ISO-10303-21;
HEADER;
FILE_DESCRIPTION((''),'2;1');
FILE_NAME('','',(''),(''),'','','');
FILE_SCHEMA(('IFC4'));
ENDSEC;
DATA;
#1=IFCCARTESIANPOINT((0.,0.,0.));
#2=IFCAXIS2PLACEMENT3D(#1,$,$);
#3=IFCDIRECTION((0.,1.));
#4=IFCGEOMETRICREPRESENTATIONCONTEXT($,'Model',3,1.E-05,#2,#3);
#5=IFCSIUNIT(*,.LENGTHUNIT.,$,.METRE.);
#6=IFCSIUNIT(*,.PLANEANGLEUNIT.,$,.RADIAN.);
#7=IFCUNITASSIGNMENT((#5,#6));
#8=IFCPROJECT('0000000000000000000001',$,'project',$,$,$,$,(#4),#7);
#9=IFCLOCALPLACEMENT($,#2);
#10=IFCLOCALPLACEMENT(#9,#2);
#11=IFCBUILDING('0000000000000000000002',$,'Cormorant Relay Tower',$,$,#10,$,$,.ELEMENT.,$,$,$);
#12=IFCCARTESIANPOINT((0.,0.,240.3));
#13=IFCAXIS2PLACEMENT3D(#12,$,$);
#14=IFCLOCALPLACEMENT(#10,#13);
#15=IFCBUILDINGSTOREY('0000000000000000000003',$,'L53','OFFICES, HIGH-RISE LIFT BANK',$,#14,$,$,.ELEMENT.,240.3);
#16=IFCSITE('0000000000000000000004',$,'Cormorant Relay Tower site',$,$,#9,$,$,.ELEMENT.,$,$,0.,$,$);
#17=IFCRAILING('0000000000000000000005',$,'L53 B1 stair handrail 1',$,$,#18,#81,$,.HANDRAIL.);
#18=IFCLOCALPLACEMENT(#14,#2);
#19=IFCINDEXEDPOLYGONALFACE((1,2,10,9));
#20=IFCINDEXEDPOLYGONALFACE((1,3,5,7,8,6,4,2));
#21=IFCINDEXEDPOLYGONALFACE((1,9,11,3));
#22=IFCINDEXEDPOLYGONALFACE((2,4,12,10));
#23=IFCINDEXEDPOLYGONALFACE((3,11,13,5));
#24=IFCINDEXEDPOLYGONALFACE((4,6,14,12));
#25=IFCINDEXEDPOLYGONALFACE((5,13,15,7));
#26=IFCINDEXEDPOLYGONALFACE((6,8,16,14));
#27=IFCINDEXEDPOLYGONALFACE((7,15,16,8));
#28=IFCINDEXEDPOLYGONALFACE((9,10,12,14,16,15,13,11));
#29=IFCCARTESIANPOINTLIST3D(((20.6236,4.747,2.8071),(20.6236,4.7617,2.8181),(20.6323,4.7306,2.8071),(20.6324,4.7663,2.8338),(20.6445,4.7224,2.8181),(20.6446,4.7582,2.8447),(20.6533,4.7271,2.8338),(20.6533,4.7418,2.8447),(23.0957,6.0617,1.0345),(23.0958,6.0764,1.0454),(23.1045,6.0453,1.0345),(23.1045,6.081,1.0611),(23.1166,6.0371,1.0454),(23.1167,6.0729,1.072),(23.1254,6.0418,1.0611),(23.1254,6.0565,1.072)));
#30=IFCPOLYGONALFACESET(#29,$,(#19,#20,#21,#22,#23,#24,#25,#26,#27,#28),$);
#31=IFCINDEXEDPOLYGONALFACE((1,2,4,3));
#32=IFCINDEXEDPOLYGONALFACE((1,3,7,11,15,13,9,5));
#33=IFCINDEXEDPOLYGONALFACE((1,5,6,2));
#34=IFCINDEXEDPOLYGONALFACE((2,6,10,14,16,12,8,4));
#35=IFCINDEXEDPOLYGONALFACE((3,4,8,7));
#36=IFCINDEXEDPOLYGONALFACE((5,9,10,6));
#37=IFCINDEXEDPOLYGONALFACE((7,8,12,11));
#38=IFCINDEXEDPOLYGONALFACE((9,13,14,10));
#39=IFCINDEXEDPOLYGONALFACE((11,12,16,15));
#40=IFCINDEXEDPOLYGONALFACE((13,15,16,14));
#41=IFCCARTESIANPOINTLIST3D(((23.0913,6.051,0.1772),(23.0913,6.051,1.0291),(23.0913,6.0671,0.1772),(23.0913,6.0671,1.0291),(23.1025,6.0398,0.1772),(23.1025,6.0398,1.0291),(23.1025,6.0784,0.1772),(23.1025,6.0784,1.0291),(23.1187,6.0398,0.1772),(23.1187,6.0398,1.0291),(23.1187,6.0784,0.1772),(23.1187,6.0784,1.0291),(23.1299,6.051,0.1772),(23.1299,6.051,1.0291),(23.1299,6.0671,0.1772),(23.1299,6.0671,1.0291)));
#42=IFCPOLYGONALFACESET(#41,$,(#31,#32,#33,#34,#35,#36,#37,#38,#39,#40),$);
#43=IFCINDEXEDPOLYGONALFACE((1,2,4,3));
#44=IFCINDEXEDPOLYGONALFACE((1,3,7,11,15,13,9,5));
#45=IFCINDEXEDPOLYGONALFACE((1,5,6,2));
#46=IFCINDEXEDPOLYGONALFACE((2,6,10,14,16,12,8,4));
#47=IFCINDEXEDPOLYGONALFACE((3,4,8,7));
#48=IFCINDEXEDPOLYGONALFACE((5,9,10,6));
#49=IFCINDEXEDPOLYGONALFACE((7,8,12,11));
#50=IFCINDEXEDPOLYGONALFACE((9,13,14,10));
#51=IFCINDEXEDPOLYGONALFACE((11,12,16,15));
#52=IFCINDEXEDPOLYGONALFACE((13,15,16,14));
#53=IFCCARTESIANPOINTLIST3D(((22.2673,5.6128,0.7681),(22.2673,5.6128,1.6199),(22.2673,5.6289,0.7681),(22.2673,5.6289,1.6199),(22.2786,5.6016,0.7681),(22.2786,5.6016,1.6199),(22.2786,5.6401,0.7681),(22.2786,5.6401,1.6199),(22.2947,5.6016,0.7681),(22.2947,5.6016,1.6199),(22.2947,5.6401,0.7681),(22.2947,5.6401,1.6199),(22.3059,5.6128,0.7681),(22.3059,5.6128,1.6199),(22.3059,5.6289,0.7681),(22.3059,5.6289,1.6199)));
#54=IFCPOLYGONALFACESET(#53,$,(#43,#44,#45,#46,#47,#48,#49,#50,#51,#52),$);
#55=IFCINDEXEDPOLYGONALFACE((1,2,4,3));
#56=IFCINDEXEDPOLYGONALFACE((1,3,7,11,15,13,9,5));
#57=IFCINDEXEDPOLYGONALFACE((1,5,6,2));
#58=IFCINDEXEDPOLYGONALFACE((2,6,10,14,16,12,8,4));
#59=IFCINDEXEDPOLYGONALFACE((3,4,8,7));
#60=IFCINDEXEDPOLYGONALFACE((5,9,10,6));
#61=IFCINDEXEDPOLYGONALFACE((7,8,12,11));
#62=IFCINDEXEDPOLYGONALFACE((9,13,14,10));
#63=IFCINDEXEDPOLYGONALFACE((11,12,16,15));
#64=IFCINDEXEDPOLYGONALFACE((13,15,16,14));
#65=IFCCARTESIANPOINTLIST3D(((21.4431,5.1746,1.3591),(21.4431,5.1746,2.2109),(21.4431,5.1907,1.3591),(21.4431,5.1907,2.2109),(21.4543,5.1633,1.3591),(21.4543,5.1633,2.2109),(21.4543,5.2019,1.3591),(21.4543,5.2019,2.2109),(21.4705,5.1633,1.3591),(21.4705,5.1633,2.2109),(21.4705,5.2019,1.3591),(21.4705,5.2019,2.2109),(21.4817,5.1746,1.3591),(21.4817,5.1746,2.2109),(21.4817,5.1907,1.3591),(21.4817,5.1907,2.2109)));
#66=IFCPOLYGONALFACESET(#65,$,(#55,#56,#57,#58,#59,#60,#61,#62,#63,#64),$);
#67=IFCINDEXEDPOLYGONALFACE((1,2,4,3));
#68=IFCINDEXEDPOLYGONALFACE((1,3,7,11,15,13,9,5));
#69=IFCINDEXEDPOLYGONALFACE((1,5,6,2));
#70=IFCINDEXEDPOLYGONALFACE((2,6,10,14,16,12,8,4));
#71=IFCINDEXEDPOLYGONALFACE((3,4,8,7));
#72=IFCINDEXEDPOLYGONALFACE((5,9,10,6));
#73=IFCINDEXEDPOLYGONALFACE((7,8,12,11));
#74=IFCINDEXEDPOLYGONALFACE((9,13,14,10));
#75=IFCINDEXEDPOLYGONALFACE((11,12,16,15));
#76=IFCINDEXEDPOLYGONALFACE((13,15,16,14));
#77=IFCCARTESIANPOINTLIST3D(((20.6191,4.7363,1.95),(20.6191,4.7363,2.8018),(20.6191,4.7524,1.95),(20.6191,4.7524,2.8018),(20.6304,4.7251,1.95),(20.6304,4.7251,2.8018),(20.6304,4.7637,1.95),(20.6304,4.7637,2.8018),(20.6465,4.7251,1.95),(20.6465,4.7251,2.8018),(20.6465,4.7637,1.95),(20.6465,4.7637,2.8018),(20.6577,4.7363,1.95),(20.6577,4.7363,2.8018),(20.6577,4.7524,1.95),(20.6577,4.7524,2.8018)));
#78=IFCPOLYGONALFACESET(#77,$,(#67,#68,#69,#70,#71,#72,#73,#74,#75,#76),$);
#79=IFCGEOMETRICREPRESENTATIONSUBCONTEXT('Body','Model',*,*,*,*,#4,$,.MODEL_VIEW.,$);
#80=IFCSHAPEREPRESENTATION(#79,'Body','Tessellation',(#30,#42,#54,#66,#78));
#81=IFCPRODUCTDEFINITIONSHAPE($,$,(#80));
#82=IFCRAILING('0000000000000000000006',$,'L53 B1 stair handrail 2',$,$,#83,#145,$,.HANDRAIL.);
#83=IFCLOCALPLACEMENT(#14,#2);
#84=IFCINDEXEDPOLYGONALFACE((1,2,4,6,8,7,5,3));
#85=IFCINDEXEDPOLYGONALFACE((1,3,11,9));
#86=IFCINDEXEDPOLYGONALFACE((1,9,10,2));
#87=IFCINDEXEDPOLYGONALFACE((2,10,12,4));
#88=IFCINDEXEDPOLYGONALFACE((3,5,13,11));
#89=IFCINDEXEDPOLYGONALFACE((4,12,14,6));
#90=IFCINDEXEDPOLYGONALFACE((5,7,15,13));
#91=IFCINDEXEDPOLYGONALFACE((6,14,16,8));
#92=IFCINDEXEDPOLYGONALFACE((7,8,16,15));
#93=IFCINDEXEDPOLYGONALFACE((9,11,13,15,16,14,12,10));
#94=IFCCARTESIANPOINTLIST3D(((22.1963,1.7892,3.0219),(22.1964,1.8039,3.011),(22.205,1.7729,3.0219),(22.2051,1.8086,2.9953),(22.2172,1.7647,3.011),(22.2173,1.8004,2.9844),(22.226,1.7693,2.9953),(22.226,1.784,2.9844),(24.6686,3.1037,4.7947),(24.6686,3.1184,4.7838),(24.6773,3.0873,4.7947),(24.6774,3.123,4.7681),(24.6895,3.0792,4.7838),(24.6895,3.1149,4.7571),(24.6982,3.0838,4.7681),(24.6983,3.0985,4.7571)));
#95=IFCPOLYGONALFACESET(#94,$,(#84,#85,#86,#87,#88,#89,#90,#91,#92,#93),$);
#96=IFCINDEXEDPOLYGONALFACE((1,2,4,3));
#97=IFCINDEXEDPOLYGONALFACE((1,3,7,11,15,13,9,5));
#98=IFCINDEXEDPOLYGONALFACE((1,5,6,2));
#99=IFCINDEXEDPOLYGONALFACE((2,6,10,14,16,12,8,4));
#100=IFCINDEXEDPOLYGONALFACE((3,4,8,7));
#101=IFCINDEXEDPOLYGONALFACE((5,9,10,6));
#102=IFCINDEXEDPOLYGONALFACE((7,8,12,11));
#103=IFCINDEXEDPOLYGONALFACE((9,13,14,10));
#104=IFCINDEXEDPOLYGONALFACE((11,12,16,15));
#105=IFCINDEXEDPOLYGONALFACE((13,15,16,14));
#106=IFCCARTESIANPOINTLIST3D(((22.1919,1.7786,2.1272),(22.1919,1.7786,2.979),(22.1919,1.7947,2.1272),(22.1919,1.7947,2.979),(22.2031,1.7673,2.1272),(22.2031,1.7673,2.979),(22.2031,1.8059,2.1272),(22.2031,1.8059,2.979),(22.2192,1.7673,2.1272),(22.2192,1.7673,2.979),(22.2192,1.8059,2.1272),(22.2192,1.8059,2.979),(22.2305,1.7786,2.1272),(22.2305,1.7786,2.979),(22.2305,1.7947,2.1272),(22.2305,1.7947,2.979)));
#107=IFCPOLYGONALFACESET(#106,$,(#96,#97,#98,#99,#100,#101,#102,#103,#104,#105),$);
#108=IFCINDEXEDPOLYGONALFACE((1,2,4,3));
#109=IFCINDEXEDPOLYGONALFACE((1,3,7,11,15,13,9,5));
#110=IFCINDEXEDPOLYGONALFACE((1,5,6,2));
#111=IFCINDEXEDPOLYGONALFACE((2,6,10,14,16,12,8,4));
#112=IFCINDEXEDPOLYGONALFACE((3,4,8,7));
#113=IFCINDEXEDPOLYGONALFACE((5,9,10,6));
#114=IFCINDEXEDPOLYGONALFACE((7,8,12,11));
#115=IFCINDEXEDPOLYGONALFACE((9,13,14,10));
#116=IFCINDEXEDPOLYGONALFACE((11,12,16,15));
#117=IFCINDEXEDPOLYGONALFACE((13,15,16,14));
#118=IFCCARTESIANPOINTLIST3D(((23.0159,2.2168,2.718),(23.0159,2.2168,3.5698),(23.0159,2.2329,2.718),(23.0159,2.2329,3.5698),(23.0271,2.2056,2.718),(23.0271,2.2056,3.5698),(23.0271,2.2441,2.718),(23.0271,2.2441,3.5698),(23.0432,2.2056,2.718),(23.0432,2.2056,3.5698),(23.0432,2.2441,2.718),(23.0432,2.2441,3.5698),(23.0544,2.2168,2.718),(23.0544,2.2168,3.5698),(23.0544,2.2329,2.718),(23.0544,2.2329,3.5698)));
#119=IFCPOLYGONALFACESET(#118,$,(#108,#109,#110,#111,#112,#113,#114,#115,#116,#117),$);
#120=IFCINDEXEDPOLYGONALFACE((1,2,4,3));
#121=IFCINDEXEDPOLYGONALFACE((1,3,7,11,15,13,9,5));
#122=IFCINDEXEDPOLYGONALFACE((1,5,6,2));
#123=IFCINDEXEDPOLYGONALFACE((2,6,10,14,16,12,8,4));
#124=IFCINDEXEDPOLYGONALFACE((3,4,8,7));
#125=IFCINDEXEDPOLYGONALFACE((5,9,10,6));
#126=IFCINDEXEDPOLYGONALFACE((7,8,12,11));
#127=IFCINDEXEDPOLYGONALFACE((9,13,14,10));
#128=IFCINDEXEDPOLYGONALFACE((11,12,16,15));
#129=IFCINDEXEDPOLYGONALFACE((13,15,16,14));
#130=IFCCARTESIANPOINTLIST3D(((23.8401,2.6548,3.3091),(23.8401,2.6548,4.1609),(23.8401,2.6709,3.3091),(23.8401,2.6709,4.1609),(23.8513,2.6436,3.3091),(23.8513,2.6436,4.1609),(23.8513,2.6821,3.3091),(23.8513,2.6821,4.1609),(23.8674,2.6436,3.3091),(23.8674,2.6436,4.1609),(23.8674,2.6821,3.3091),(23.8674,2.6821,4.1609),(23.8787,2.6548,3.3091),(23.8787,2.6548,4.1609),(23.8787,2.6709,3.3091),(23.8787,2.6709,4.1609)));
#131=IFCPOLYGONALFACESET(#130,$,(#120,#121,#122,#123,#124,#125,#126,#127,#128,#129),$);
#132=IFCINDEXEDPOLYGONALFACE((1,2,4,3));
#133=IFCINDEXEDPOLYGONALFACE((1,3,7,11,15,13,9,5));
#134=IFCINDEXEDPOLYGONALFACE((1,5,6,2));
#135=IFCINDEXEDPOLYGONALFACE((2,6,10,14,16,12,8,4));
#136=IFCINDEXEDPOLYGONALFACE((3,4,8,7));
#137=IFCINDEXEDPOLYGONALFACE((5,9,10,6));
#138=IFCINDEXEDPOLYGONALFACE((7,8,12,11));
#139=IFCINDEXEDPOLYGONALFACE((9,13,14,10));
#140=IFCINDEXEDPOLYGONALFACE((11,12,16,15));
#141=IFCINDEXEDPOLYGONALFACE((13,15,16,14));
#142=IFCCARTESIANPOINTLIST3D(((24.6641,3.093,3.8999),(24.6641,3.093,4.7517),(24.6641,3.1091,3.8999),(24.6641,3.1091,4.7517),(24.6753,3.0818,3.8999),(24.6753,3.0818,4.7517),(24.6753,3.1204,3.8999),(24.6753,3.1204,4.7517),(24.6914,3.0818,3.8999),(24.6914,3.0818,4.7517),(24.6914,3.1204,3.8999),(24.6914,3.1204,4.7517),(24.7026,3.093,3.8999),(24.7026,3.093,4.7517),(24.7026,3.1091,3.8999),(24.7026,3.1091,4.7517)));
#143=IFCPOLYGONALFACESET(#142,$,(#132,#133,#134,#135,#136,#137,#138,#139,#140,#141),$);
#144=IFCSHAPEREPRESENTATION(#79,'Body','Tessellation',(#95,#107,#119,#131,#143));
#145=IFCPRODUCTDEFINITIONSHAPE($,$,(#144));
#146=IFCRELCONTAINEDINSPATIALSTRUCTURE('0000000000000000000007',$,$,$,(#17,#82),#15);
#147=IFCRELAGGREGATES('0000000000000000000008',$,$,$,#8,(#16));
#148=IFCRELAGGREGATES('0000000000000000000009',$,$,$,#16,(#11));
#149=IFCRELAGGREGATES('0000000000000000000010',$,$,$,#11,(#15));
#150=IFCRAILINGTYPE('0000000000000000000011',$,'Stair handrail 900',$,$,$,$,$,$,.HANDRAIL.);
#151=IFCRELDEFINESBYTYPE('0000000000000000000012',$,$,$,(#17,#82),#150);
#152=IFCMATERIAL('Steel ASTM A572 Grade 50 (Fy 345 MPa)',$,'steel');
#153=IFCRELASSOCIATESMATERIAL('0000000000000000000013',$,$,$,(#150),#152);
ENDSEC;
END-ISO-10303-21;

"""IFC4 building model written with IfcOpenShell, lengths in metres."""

from ifc_helpers import new_model, si_unit, direction, frame, origin, place, context, subcontext, project, spatial, polyline, outline, extrude, material, type_object, element, save


model = new_model("IFC4")

# Units and contexts
model_context = context("Model", 3, precision=1e-05, world=origin(), true_north=direction((0.0, 1.0)))
body_context = subcontext(model_context, "Body", "Model", "MODEL_VIEW")
ifc_project = project(units=[si_unit("LENGTHUNIT", "METRE"), si_unit("PLANEANGLEUNIT", "RADIAN")], contexts=[model_context])

# Site, building, storey
site_placement = place(None, origin())
site = spatial("IfcSite", under=ifc_project, at=site_placement, Name="Cormorant Relay Tower site", CompositionType="ELEMENT", RefElevation=0.0)
building_placement = place(site_placement, origin())
building = spatial("IfcBuilding", under=site, at=building_placement, Name="Cormorant Relay Tower", CompositionType="ELEMENT")
storey_placement = place(building_placement, frame((0.0, 0.0, 240.3)))
storey = spatial("IfcBuildingStorey", under=building, at=storey_placement, Name="L53", Description="OFFICES, HIGH-RISE LIFT BANK", CompositionType="ELEMENT", Elevation=240.3)

# Railings
ifc_material_1 = material(Name="Steel ASTM A572 Grade 50 (Fy 345 MPa)", Category="steel")
railing_type_1 = type_object("IfcRailingType", Name="Stair handrail 900", PredefinedType="HANDRAIL", material=ifc_material_1)
railing_1_placement = place(storey_placement, frame((23.1106, 6.0591, 0.1772)))
element("IfcRailing", 1, at=railing_1_placement, inside=storey, type_object=railing_type_1, Name="L53 B1 stair handrail 1", PredefinedType="HANDRAIL", context=body_context, shape_type="SweptSolid", body=[
    extrude(outline(polyline([(0.0222, 0.0093), (0.0093, 0.0222), (-0.0093, 0.0222), (-0.0222, 0.0093), (-0.0222, -0.0093), (-0.0093, -0.0222), (0.0093, -0.0222), (0.0222, -0.0093), (0.0222, 0.0093)])), frame((0.0, 0.0, 0.876), z_axis=(-0.745979, -0.396711, 0.534916), x_axis=(0.469533, -0.882915, 0.0)), (0.0, 0.0, 1.0), 3.314),
    extrude(outline(polyline([(0.0193, 0.0081), (0.0081, 0.0193), (-0.0081, 0.0193), (-0.0193, 0.0081), (-0.0193, -0.0081), (-0.0081, -0.0193), (0.0081, -0.0193), (0.0193, -0.0081), (0.0193, 0.0081)])), origin(), (0.0, 0.0, 1.0), 0.8518),
    extrude(outline(polyline([(0.0193, 0.0081), (0.0081, 0.0193), (-0.0081, 0.0193), (-0.0193, 0.0081), (-0.0193, -0.0081), (-0.0081, -0.0193), (0.0081, -0.0193), (0.0193, -0.0081), (0.0193, 0.0081)])), frame((-0.824, -0.4382, 0.5908)), (0.0, 0.0, 1.0), 0.8518),
    extrude(outline(polyline([(0.0193, 0.0081), (0.0081, 0.0193), (-0.0081, 0.0193), (-0.0193, 0.0081), (-0.0193, -0.0081), (-0.0081, -0.0193), (0.0081, -0.0193), (0.0193, -0.0081), (0.0193, 0.0081)])), frame((-1.6482, -0.8765, 1.1819)), (0.0, 0.0, 1.0), 0.8518),
    extrude(outline(polyline([(0.0193, 0.0081), (0.0081, 0.0193), (-0.0081, 0.0193), (-0.0193, 0.0081), (-0.0193, -0.0081), (-0.0081, -0.0193), (0.0081, -0.0193), (0.0193, -0.0081), (0.0193, 0.0081)])), frame((-2.4722, -1.3147, 1.7727)), (0.0, 0.0, 1.0), 0.8518),
])
railing_2_placement = place(storey_placement, frame((22.2112, 1.7866, 2.1272)))
element("IfcRailing", 2, at=railing_2_placement, inside=storey, type_object=railing_type_1, Name="L53 B1 stair handrail 2", PredefinedType="HANDRAIL", context=body_context, shape_type="SweptSolid", body=[
    extrude(outline(polyline([(0.0222, 0.0093), (0.0093, 0.0222), (-0.0093, 0.0222), (-0.0222, 0.0093), (-0.0222, -0.0093), (-0.0093, -0.0222), (0.0093, -0.0222), (0.0222, -0.0093), (0.0222, 0.0093)])), frame((0.0, 0.0, 0.876), z_axis=(0.746001, 0.396649, 0.534931), x_axis=(-0.469465, 0.882951, 0.0)), (0.0, 0.0, 1.0), 3.314),
    extrude(outline(polyline([(0.0193, 0.0081), (0.0081, 0.0193), (-0.0081, 0.0193), (-0.0193, 0.0081), (-0.0193, -0.0081), (-0.0081, -0.0193), (0.0081, -0.0193), (0.0193, -0.0081), (0.0193, 0.0081)])), origin(), (0.0, 0.0, 1.0), 0.8518),
    extrude(outline(polyline([(0.0193, 0.0081), (0.0081, 0.0193), (-0.0081, 0.0193), (-0.0193, 0.0081), (-0.0193, -0.0081), (-0.0081, -0.0193), (0.0081, -0.0193), (0.0193, -0.0081), (0.0193, 0.0081)])), frame((0.824, 0.4382, 0.5908)), (0.0, 0.0, 1.0), 0.8518),
    extrude(outline(polyline([(0.0193, 0.0081), (0.0081, 0.0193), (-0.0081, 0.0193), (-0.0193, 0.0081), (-0.0193, -0.0081), (-0.0081, -0.0193), (0.0081, -0.0193), (0.0193, -0.0081), (0.0193, 0.0081)])), frame((1.6482, 0.8762, 1.1819)), (0.0, 0.0, 1.0), 0.8518),
    extrude(outline(polyline([(0.0193, 0.0081), (0.0081, 0.0193), (-0.0081, 0.0193), (-0.0193, 0.0081), (-0.0193, -0.0081), (-0.0081, -0.0193), (0.0081, -0.0193), (0.0193, -0.0081), (0.0193, 0.0081)])), frame((2.4722, 1.3145, 1.7727)), (0.0, 0.0, 1.0), 0.8518),
])

save(model, "model.ifc")
